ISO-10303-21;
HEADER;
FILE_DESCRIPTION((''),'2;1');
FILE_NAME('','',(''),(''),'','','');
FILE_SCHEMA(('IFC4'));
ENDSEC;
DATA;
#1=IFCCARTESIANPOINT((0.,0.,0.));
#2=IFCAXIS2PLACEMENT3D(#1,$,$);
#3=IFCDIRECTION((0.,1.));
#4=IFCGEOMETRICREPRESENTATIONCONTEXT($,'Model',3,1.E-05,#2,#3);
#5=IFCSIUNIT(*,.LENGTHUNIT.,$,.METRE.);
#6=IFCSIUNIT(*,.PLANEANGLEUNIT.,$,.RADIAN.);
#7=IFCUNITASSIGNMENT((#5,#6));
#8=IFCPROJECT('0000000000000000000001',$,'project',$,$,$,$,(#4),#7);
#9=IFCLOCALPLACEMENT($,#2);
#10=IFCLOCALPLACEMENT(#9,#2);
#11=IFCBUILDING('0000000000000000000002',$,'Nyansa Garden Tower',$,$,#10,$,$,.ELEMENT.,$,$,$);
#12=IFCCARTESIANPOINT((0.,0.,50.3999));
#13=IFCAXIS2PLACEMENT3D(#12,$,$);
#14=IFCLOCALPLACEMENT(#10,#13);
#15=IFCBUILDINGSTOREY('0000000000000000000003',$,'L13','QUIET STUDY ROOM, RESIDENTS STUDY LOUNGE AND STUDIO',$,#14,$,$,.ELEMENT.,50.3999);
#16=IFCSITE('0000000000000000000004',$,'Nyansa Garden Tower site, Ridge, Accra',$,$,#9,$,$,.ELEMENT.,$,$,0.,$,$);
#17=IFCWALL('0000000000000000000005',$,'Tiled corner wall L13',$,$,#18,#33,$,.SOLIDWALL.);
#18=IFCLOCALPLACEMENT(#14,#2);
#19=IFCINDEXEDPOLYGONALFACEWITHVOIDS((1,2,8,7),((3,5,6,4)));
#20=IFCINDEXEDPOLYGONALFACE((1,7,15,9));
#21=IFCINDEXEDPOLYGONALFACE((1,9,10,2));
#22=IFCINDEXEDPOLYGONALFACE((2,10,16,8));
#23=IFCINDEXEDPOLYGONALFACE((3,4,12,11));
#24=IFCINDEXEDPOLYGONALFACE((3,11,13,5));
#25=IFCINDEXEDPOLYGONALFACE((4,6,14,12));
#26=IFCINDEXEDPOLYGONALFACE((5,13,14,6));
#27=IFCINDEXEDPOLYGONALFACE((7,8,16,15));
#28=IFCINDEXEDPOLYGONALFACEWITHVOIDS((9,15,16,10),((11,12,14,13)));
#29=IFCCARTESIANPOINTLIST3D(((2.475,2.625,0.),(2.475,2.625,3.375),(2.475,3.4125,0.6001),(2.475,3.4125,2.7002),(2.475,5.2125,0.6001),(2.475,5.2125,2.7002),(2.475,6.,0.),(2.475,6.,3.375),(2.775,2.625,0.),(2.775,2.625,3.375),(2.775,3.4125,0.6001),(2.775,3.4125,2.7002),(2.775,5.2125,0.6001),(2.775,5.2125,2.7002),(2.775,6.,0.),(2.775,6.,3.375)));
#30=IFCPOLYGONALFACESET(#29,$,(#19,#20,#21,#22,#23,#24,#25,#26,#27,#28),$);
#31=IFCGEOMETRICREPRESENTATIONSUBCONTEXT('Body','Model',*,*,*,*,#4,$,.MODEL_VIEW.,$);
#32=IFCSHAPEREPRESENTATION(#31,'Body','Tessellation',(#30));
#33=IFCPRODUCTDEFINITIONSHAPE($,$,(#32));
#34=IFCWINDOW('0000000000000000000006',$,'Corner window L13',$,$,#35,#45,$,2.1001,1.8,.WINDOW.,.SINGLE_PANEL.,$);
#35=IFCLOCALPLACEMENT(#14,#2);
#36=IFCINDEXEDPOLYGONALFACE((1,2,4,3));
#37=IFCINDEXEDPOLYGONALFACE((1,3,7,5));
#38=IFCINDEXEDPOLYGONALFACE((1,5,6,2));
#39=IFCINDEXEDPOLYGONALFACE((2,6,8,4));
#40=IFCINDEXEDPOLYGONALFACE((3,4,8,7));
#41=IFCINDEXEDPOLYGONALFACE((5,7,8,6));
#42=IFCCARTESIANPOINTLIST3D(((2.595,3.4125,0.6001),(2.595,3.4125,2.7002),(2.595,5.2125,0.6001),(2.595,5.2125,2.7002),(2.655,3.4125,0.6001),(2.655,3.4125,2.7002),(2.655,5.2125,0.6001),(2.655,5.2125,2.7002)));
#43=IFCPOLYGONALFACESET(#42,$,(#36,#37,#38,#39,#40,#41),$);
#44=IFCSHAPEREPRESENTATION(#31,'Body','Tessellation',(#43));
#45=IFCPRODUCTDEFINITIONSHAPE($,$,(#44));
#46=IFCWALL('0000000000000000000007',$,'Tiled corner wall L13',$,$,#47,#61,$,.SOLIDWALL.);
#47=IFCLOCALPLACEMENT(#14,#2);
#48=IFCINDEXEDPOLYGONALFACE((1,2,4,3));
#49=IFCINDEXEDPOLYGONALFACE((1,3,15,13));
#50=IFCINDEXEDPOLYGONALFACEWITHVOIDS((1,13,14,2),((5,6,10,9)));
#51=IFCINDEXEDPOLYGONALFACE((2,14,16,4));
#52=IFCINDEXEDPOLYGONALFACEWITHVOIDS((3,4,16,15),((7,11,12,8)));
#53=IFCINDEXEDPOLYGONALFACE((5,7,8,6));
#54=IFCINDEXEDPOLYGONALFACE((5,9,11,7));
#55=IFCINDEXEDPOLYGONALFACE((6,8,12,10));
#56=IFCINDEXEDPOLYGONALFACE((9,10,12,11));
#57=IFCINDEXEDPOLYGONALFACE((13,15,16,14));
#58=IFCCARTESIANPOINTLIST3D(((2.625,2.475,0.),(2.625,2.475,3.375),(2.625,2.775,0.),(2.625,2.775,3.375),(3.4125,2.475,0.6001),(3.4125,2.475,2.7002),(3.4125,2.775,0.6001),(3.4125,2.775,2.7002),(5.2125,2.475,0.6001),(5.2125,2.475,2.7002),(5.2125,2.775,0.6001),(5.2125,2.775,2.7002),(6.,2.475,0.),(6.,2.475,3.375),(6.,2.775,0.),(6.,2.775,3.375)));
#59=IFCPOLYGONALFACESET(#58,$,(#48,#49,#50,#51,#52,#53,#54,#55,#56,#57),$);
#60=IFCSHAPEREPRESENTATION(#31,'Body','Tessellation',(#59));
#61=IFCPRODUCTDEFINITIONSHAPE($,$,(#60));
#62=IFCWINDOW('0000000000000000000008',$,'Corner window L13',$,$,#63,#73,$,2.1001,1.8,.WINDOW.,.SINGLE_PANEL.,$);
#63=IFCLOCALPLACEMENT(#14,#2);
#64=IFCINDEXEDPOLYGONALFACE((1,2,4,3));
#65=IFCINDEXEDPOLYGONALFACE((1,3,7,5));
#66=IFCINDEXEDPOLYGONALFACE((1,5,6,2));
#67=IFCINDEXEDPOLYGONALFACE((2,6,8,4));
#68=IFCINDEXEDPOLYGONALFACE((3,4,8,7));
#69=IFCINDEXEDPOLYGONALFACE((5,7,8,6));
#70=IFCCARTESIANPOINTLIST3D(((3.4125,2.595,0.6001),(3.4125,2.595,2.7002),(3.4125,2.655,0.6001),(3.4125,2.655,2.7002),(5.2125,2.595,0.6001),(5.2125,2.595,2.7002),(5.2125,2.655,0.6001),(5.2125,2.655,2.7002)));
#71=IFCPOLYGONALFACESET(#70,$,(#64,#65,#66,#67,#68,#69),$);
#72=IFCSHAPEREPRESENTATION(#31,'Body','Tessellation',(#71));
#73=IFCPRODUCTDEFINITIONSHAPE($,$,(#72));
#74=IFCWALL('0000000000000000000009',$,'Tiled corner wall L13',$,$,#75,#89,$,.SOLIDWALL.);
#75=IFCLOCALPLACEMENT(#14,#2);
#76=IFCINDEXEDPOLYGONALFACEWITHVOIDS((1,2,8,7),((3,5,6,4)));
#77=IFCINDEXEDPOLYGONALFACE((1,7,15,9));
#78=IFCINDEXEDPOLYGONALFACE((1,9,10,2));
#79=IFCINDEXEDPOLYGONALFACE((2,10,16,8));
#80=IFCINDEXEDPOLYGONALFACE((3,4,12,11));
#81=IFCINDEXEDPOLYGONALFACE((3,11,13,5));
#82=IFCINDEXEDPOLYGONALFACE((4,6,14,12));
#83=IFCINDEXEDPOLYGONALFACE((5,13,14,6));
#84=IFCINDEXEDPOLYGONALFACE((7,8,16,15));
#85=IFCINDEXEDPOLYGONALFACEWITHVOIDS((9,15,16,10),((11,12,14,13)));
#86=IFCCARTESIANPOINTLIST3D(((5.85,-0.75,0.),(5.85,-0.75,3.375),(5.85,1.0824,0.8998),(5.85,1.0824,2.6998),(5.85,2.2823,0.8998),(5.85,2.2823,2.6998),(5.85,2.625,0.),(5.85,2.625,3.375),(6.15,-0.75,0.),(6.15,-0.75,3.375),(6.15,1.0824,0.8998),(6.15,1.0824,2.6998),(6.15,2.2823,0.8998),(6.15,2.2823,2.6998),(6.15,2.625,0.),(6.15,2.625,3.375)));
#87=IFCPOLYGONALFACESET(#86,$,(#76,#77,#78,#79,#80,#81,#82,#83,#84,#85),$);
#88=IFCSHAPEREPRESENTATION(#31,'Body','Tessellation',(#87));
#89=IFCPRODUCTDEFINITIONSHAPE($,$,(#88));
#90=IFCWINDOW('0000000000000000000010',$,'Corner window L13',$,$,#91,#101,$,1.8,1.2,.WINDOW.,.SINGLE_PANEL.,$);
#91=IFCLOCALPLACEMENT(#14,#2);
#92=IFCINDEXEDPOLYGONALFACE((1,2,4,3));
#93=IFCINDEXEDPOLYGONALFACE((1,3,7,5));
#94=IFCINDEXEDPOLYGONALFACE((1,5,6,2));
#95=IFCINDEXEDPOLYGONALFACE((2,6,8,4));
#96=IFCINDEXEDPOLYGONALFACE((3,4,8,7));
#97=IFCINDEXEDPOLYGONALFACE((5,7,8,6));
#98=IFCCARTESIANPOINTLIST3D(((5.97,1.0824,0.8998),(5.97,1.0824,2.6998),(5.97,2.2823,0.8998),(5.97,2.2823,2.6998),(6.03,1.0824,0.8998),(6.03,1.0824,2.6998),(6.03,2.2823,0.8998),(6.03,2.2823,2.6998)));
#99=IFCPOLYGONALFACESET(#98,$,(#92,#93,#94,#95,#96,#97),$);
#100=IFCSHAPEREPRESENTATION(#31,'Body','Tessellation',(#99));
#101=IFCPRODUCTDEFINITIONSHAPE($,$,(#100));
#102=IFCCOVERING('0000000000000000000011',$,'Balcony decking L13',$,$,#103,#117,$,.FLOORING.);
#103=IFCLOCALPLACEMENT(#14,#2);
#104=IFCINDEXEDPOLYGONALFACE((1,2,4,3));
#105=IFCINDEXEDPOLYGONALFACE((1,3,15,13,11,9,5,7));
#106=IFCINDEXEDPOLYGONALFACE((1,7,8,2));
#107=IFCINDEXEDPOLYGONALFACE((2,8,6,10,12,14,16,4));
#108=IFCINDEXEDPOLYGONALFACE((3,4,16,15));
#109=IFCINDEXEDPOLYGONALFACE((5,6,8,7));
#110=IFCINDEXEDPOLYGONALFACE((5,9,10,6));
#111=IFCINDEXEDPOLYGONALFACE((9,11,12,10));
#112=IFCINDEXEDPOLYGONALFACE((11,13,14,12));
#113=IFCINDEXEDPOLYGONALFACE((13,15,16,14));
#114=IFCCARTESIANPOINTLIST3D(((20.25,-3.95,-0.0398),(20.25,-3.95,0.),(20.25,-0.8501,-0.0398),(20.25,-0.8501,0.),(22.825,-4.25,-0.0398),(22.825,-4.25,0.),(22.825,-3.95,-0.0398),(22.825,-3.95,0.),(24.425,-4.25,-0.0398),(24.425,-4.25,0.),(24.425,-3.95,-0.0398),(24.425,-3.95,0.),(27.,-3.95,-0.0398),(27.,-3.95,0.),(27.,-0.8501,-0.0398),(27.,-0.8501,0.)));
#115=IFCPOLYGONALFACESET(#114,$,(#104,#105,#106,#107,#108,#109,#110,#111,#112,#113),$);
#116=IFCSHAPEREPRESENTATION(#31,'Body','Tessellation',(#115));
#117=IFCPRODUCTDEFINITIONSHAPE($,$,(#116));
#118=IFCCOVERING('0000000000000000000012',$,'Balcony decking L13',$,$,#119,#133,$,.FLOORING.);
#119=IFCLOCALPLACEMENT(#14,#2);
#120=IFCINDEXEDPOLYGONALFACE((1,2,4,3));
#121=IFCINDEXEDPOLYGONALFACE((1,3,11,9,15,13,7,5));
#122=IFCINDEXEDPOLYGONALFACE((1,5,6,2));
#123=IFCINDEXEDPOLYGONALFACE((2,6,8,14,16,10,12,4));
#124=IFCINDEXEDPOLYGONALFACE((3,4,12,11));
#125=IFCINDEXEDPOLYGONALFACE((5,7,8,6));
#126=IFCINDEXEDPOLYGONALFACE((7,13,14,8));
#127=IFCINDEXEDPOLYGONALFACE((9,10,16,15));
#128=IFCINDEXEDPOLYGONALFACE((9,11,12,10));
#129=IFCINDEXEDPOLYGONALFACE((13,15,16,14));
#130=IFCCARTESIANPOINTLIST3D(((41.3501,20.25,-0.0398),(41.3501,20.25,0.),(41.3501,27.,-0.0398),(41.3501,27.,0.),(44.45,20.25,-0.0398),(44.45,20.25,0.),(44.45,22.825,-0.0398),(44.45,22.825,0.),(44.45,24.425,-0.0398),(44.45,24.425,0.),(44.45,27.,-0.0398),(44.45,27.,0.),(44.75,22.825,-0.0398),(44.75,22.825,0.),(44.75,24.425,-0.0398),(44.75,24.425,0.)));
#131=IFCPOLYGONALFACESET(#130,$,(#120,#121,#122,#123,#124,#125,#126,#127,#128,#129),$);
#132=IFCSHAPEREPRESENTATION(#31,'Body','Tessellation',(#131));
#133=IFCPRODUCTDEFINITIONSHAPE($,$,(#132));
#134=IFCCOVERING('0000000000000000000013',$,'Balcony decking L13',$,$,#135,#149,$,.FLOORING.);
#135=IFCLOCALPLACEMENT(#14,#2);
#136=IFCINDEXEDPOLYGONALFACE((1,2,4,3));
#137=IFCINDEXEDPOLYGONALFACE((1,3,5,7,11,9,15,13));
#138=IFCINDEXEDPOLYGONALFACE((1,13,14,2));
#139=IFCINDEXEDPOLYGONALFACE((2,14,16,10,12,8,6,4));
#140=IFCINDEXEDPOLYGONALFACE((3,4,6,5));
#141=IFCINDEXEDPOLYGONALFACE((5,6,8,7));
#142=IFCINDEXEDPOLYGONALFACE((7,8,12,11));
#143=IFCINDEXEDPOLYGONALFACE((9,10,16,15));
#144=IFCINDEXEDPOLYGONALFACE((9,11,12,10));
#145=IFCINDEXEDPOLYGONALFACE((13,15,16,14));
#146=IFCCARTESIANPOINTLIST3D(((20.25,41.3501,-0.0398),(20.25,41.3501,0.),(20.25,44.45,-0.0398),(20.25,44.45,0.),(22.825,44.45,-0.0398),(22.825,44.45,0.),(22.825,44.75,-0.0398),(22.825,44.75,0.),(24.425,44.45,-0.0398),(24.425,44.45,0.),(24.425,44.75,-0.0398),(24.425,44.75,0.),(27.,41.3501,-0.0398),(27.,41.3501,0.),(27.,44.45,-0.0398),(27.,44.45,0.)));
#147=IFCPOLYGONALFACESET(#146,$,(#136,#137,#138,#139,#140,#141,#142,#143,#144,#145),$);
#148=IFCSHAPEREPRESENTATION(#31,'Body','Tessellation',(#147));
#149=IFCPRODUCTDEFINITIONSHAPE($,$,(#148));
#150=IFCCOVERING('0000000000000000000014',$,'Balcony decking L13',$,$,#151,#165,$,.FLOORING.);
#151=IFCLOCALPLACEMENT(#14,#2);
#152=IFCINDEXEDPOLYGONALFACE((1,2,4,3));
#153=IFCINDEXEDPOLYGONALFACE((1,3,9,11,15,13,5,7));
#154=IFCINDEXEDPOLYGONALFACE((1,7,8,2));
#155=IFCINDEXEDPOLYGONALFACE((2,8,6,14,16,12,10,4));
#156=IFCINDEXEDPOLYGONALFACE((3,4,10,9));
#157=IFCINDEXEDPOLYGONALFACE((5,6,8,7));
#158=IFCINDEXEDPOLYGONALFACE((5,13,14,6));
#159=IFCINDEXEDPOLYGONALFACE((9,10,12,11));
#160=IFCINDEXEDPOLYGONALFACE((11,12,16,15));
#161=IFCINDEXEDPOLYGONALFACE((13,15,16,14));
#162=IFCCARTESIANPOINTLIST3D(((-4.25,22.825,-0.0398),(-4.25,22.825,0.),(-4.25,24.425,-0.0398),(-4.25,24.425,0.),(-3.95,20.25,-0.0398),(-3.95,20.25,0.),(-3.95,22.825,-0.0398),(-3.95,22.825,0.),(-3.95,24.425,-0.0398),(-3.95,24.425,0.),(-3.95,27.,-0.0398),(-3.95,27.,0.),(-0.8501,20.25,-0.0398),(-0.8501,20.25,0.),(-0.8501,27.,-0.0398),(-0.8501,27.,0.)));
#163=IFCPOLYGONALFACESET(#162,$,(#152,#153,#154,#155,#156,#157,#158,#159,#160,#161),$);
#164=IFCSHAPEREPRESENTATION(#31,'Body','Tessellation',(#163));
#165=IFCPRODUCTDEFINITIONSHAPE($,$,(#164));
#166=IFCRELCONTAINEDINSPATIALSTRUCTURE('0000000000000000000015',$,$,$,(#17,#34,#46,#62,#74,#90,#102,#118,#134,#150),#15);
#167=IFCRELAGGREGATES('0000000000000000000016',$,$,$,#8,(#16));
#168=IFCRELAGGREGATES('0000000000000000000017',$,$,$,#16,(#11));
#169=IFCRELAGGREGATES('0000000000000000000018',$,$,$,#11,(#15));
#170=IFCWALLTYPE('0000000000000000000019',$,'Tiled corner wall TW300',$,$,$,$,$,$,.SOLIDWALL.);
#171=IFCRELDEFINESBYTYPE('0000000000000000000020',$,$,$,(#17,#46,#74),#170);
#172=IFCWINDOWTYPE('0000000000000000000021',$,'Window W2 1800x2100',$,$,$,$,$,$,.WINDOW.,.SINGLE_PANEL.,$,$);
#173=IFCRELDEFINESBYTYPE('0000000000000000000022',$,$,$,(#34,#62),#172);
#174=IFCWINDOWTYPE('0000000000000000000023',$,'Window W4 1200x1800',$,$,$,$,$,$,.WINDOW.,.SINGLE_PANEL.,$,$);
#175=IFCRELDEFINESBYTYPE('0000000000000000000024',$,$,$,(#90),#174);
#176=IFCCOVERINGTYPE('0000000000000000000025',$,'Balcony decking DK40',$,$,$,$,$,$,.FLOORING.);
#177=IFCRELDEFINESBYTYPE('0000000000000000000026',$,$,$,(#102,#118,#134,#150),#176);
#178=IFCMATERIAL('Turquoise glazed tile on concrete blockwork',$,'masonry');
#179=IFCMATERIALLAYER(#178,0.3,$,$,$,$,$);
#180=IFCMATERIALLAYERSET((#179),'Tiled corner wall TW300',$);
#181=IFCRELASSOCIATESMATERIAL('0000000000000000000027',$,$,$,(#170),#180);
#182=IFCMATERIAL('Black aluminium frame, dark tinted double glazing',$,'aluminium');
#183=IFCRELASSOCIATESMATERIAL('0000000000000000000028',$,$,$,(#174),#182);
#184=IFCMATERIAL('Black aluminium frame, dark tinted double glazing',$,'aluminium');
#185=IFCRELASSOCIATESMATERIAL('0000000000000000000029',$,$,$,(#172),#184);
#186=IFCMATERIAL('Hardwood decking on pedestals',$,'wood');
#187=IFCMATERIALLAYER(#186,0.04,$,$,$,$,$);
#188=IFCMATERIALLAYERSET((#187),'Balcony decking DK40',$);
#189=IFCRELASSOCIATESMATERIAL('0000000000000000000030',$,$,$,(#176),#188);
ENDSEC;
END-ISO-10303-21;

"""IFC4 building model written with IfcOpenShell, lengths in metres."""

from ifc_helpers import new_model, si_unit, direction, frame, frame_2d, origin, place, context, subcontext, project, spatial, polyline, rectangle, outline, extrude, material, layer, layer_set, type_object, element, fill, save


model = new_model("IFC4")

# Units and contexts
model_context = context("Model", 3, precision=1e-05, world=origin(), true_north=direction((0.0, 1.0)))
body_context = subcontext(model_context, "Body", "Model", "MODEL_VIEW")
ifc_project = project(units=[si_unit("LENGTHUNIT", "METRE"), si_unit("PLANEANGLEUNIT", "RADIAN")], contexts=[model_context])

# Site, building, storey
site_placement = place(None, origin())
site = spatial("IfcSite", under=ifc_project, at=site_placement, Name="Nyansa Garden Tower site, Ridge, Accra", CompositionType="ELEMENT", RefElevation=0.0)
building_placement = place(site_placement, origin())
building = spatial("IfcBuilding", under=site, at=building_placement, Name="Nyansa Garden Tower", CompositionType="ELEMENT")
storey_placement = place(building_placement, frame((0.0, 0.0, 50.3999)))
storey = spatial("IfcBuildingStorey", under=building, at=storey_placement, Name="L13", Description="QUIET STUDY ROOM, RESIDENTS STUDY LOUNGE AND STUDIO", CompositionType="ELEMENT", Elevation=50.3999)

# Walls, openings, windows
ifc_material_1 = material(Name="Turquoise glazed tile on concrete blockwork", Category="masonry")
ifc_layer_1 = layer(ifc_material_1, 0.3)
ifc_layer_set_1 = layer_set([ifc_layer_1], Name="Tiled corner wall TW300")
wall_type_1 = type_object("IfcWallType", Name="Tiled corner wall TW300", PredefinedType="SOLIDWALL", material=ifc_layer_set_1)
ifc_material_2 = material(Name="Black aluminium frame, dark tinted double glazing", Category="aluminium")
window_type_1 = type_object("IfcWindowType", Name="Window W4 1200x1800", PartitioningType="SINGLE_PANEL", PredefinedType="WINDOW", material=ifc_material_2)
wall_1_placement = place(storey_placement, frame((2.625, 6.0, 0.0), z_axis=(0.0, 0.0, 1.0), x_axis=(0.0, -1.0, 0.0)))
wall_1 = element("IfcWall", 1, at=wall_1_placement, inside=storey, type_object=wall_type_1, Name="Tiled corner wall L13", PredefinedType="SOLIDWALL", context=body_context, shape_type="SweptSolid", body=[
    extrude(rectangle(XDim=3.375, YDim=0.3, at=frame_2d((1.6875, 0.0))), origin(), (0.0, 0.0, 1.0), 3.375),
])
opening_1_placement = place(wall_1_placement, frame((0.7876, 0.0, 0.6001)))
opening_1 = element("IfcOpeningElement", 2, at=opening_1_placement, cuts=wall_1, PredefinedType="OPENING", context=body_context, shape_type="SweptSolid", body=[
    extrude(rectangle(XDim=1.8, YDim=2.1001, at=frame_2d((0.8999, 1.05))), frame((0.0, 0.1599, 0.0), z_axis=(0.0, -1.0, 0.0), x_axis=(1.0, 0.0, 0.0)), (0.0, 0.0, 1.0), 0.3201),
])
ifc_material_3 = material(Name="Black aluminium frame, dark tinted double glazing", Category="aluminium")
window_type_2 = type_object("IfcWindowType", Name="Window W2 1800x2100", PartitioningType="SINGLE_PANEL", PredefinedType="WINDOW", material=ifc_material_3)
window_1_placement = place(opening_1_placement, origin())
window_1 = element("IfcWindow", 3, at=window_1_placement, inside=storey, type_object=window_type_2, Name="Corner window L13", OverallHeight=2.1001, OverallWidth=1.8, PartitioningType="SINGLE_PANEL", PredefinedType="WINDOW", context=body_context, shape_type="SweptSolid", body=[
    extrude(rectangle(XDim=1.8, YDim=2.1001, at=frame_2d((0.8999, 1.05))), frame((0.0, 0.03, 0.0), z_axis=(0.0, -1.0, 0.0), x_axis=(1.0, 0.0, 0.0)), (0.0, 0.0, 1.0), 0.0601),
])
fill(opening_1, window_1)
wall_2_placement = place(storey_placement, frame((2.625, 2.625, 0.0), z_axis=(0.0, 0.0, 1.0), x_axis=(1.0, 0.0, 0.0)))
wall_2 = element("IfcWall", 4, at=wall_2_placement, inside=storey, type_object=wall_type_1, Name="Tiled corner wall L13", PredefinedType="SOLIDWALL", context=body_context, shape_type="SweptSolid", body=[
    extrude(rectangle(XDim=3.375, YDim=0.3, at=frame_2d((1.6875, 0.0))), origin(), (0.0, 0.0, 1.0), 3.375),
])
opening_2_placement = place(wall_2_placement, frame((0.7876, 0.0, 0.6001)))
opening_2 = element("IfcOpeningElement", 5, at=opening_2_placement, cuts=wall_2, PredefinedType="OPENING", context=body_context, shape_type="SweptSolid", body=[
    extrude(rectangle(XDim=1.8, YDim=2.1001, at=frame_2d((0.8999, 1.05))), frame((0.0, 0.1599, 0.0), z_axis=(0.0, -1.0, 0.0), x_axis=(1.0, 0.0, 0.0)), (0.0, 0.0, 1.0), 0.3201),
])
window_2_placement = place(opening_2_placement, origin())
window_2 = element("IfcWindow", 6, at=window_2_placement, inside=storey, type_object=window_type_2, Name="Corner window L13", OverallHeight=2.1001, OverallWidth=1.8, PartitioningType="SINGLE_PANEL", PredefinedType="WINDOW", context=body_context, shape_type="SweptSolid", body=[
    extrude(rectangle(XDim=1.8, YDim=2.1001, at=frame_2d((0.8999, 1.05))), frame((0.0, 0.03, 0.0), z_axis=(0.0, -1.0, 0.0), x_axis=(1.0, 0.0, 0.0)), (0.0, 0.0, 1.0), 0.0601),
])
fill(opening_2, window_2)
wall_3_placement = place(storey_placement, frame((6.0, 2.625, 0.0), z_axis=(0.0, 0.0, 1.0), x_axis=(0.0, -1.0, 0.0)))
wall_3 = element("IfcWall", 7, at=wall_3_placement, inside=storey, type_object=wall_type_1, Name="Tiled corner wall L13", PredefinedType="SOLIDWALL", context=body_context, shape_type="SweptSolid", body=[
    extrude(rectangle(XDim=3.375, YDim=0.3, at=frame_2d((1.6875, 0.0))), origin(), (0.0, 0.0, 1.0), 3.375),
])
opening_3_placement = place(wall_3_placement, frame((0.3425, 0.0, 0.8999)))
opening_3 = element("IfcOpeningElement", 8, at=opening_3_placement, cuts=wall_3, PredefinedType="OPENING", context=body_context, shape_type="SweptSolid", body=[
    extrude(rectangle(XDim=1.2, YDim=1.8, at=frame_2d((0.6001, 0.8999))), frame((0.0, 0.1599, 0.0), z_axis=(0.0, -1.0, 0.0), x_axis=(1.0, 0.0, 0.0)), (0.0, 0.0, 1.0), 0.3201),
])
window_3_placement = place(opening_3_placement, origin())
window_3 = element("IfcWindow", 9, at=window_3_placement, inside=storey, type_object=window_type_1, Name="Corner window L13", OverallHeight=1.8, OverallWidth=1.2, PartitioningType="SINGLE_PANEL", PredefinedType="WINDOW", context=body_context, shape_type="SweptSolid", body=[
    extrude(rectangle(XDim=1.2, YDim=1.8, at=frame_2d((0.6001, 0.8999))), frame((0.0, 0.03, 0.0), z_axis=(0.0, -1.0, 0.0), x_axis=(1.0, 0.0, 0.0)), (0.0, 0.0, 1.0), 0.0601),
])
fill(opening_3, window_3)

# Coverings
ifc_material_4 = material(Name="Hardwood decking on pedestals", Category="wood")
ifc_layer_2 = layer(ifc_material_4, 0.04)
ifc_layer_set_2 = layer_set([ifc_layer_2], Name="Balcony decking DK40")
covering_type = type_object("IfcCoveringType", Name="Balcony decking DK40", PredefinedType="FLOORING", material=ifc_layer_set_2)
covering_1_placement = place(storey_placement, frame((0.0, 0.0, -0.0398)))
element("IfcCovering", 10, at=covering_1_placement, inside=storey, type_object=covering_type, Name="Balcony decking L13", PredefinedType="FLOORING", context=body_context, shape_type="SweptSolid", body=[
    extrude(outline(polyline([(20.25, -0.8501), (27.0, -0.8501), (27.0, -3.95), (24.425, -3.95), (24.425, -4.25), (22.825, -4.25), (22.825, -3.95), (20.25, -3.95), (20.25, -0.8501)])), origin(), (0.0, 0.0, 1.0), 0.0398),
])
covering_2_placement = place(storey_placement, frame((0.0, 0.0, -0.0398)))
element("IfcCovering", 11, at=covering_2_placement, inside=storey, type_object=covering_type, Name="Balcony decking L13", PredefinedType="FLOORING", context=body_context, shape_type="SweptSolid", body=[
    extrude(outline(polyline([(41.3501, 20.25), (41.3501, 27.0), (44.45, 27.0), (44.45, 24.425), (44.75, 24.425), (44.75, 22.825), (44.45, 22.825), (44.45, 20.25), (41.3501, 20.25)])), origin(), (0.0, 0.0, 1.0), 0.0398),
])
covering_3_placement = place(storey_placement, frame((0.0, 0.0, -0.0398)))
element("IfcCovering", 12, at=covering_3_placement, inside=storey, type_object=covering_type, Name="Balcony decking L13", PredefinedType="FLOORING", context=body_context, shape_type="SweptSolid", body=[
    extrude(outline(polyline([(20.25, 41.3501), (27.0, 41.3501), (27.0, 44.45), (24.425, 44.45), (24.425, 44.75), (22.825, 44.75), (22.825, 44.45), (20.25, 44.45), (20.25, 41.3501)])), origin(), (0.0, 0.0, 1.0), 0.0398),
])
covering_4_placement = place(storey_placement, frame((0.0, 0.0, -0.0398)))
element("IfcCovering", 13, at=covering_4_placement, inside=storey, type_object=covering_type, Name="Balcony decking L13", PredefinedType="FLOORING", context=body_context, shape_type="SweptSolid", body=[
    extrude(outline(polyline([(-0.8501, 20.25), (-0.8501, 27.0), (-3.95, 27.0), (-3.95, 24.425), (-4.25, 24.425), (-4.25, 22.825), (-3.95, 22.825), (-3.95, 20.25), (-0.8501, 20.25)])), origin(), (0.0, 0.0, 1.0), 0.0398),
])

save(model, "model.ifc")
